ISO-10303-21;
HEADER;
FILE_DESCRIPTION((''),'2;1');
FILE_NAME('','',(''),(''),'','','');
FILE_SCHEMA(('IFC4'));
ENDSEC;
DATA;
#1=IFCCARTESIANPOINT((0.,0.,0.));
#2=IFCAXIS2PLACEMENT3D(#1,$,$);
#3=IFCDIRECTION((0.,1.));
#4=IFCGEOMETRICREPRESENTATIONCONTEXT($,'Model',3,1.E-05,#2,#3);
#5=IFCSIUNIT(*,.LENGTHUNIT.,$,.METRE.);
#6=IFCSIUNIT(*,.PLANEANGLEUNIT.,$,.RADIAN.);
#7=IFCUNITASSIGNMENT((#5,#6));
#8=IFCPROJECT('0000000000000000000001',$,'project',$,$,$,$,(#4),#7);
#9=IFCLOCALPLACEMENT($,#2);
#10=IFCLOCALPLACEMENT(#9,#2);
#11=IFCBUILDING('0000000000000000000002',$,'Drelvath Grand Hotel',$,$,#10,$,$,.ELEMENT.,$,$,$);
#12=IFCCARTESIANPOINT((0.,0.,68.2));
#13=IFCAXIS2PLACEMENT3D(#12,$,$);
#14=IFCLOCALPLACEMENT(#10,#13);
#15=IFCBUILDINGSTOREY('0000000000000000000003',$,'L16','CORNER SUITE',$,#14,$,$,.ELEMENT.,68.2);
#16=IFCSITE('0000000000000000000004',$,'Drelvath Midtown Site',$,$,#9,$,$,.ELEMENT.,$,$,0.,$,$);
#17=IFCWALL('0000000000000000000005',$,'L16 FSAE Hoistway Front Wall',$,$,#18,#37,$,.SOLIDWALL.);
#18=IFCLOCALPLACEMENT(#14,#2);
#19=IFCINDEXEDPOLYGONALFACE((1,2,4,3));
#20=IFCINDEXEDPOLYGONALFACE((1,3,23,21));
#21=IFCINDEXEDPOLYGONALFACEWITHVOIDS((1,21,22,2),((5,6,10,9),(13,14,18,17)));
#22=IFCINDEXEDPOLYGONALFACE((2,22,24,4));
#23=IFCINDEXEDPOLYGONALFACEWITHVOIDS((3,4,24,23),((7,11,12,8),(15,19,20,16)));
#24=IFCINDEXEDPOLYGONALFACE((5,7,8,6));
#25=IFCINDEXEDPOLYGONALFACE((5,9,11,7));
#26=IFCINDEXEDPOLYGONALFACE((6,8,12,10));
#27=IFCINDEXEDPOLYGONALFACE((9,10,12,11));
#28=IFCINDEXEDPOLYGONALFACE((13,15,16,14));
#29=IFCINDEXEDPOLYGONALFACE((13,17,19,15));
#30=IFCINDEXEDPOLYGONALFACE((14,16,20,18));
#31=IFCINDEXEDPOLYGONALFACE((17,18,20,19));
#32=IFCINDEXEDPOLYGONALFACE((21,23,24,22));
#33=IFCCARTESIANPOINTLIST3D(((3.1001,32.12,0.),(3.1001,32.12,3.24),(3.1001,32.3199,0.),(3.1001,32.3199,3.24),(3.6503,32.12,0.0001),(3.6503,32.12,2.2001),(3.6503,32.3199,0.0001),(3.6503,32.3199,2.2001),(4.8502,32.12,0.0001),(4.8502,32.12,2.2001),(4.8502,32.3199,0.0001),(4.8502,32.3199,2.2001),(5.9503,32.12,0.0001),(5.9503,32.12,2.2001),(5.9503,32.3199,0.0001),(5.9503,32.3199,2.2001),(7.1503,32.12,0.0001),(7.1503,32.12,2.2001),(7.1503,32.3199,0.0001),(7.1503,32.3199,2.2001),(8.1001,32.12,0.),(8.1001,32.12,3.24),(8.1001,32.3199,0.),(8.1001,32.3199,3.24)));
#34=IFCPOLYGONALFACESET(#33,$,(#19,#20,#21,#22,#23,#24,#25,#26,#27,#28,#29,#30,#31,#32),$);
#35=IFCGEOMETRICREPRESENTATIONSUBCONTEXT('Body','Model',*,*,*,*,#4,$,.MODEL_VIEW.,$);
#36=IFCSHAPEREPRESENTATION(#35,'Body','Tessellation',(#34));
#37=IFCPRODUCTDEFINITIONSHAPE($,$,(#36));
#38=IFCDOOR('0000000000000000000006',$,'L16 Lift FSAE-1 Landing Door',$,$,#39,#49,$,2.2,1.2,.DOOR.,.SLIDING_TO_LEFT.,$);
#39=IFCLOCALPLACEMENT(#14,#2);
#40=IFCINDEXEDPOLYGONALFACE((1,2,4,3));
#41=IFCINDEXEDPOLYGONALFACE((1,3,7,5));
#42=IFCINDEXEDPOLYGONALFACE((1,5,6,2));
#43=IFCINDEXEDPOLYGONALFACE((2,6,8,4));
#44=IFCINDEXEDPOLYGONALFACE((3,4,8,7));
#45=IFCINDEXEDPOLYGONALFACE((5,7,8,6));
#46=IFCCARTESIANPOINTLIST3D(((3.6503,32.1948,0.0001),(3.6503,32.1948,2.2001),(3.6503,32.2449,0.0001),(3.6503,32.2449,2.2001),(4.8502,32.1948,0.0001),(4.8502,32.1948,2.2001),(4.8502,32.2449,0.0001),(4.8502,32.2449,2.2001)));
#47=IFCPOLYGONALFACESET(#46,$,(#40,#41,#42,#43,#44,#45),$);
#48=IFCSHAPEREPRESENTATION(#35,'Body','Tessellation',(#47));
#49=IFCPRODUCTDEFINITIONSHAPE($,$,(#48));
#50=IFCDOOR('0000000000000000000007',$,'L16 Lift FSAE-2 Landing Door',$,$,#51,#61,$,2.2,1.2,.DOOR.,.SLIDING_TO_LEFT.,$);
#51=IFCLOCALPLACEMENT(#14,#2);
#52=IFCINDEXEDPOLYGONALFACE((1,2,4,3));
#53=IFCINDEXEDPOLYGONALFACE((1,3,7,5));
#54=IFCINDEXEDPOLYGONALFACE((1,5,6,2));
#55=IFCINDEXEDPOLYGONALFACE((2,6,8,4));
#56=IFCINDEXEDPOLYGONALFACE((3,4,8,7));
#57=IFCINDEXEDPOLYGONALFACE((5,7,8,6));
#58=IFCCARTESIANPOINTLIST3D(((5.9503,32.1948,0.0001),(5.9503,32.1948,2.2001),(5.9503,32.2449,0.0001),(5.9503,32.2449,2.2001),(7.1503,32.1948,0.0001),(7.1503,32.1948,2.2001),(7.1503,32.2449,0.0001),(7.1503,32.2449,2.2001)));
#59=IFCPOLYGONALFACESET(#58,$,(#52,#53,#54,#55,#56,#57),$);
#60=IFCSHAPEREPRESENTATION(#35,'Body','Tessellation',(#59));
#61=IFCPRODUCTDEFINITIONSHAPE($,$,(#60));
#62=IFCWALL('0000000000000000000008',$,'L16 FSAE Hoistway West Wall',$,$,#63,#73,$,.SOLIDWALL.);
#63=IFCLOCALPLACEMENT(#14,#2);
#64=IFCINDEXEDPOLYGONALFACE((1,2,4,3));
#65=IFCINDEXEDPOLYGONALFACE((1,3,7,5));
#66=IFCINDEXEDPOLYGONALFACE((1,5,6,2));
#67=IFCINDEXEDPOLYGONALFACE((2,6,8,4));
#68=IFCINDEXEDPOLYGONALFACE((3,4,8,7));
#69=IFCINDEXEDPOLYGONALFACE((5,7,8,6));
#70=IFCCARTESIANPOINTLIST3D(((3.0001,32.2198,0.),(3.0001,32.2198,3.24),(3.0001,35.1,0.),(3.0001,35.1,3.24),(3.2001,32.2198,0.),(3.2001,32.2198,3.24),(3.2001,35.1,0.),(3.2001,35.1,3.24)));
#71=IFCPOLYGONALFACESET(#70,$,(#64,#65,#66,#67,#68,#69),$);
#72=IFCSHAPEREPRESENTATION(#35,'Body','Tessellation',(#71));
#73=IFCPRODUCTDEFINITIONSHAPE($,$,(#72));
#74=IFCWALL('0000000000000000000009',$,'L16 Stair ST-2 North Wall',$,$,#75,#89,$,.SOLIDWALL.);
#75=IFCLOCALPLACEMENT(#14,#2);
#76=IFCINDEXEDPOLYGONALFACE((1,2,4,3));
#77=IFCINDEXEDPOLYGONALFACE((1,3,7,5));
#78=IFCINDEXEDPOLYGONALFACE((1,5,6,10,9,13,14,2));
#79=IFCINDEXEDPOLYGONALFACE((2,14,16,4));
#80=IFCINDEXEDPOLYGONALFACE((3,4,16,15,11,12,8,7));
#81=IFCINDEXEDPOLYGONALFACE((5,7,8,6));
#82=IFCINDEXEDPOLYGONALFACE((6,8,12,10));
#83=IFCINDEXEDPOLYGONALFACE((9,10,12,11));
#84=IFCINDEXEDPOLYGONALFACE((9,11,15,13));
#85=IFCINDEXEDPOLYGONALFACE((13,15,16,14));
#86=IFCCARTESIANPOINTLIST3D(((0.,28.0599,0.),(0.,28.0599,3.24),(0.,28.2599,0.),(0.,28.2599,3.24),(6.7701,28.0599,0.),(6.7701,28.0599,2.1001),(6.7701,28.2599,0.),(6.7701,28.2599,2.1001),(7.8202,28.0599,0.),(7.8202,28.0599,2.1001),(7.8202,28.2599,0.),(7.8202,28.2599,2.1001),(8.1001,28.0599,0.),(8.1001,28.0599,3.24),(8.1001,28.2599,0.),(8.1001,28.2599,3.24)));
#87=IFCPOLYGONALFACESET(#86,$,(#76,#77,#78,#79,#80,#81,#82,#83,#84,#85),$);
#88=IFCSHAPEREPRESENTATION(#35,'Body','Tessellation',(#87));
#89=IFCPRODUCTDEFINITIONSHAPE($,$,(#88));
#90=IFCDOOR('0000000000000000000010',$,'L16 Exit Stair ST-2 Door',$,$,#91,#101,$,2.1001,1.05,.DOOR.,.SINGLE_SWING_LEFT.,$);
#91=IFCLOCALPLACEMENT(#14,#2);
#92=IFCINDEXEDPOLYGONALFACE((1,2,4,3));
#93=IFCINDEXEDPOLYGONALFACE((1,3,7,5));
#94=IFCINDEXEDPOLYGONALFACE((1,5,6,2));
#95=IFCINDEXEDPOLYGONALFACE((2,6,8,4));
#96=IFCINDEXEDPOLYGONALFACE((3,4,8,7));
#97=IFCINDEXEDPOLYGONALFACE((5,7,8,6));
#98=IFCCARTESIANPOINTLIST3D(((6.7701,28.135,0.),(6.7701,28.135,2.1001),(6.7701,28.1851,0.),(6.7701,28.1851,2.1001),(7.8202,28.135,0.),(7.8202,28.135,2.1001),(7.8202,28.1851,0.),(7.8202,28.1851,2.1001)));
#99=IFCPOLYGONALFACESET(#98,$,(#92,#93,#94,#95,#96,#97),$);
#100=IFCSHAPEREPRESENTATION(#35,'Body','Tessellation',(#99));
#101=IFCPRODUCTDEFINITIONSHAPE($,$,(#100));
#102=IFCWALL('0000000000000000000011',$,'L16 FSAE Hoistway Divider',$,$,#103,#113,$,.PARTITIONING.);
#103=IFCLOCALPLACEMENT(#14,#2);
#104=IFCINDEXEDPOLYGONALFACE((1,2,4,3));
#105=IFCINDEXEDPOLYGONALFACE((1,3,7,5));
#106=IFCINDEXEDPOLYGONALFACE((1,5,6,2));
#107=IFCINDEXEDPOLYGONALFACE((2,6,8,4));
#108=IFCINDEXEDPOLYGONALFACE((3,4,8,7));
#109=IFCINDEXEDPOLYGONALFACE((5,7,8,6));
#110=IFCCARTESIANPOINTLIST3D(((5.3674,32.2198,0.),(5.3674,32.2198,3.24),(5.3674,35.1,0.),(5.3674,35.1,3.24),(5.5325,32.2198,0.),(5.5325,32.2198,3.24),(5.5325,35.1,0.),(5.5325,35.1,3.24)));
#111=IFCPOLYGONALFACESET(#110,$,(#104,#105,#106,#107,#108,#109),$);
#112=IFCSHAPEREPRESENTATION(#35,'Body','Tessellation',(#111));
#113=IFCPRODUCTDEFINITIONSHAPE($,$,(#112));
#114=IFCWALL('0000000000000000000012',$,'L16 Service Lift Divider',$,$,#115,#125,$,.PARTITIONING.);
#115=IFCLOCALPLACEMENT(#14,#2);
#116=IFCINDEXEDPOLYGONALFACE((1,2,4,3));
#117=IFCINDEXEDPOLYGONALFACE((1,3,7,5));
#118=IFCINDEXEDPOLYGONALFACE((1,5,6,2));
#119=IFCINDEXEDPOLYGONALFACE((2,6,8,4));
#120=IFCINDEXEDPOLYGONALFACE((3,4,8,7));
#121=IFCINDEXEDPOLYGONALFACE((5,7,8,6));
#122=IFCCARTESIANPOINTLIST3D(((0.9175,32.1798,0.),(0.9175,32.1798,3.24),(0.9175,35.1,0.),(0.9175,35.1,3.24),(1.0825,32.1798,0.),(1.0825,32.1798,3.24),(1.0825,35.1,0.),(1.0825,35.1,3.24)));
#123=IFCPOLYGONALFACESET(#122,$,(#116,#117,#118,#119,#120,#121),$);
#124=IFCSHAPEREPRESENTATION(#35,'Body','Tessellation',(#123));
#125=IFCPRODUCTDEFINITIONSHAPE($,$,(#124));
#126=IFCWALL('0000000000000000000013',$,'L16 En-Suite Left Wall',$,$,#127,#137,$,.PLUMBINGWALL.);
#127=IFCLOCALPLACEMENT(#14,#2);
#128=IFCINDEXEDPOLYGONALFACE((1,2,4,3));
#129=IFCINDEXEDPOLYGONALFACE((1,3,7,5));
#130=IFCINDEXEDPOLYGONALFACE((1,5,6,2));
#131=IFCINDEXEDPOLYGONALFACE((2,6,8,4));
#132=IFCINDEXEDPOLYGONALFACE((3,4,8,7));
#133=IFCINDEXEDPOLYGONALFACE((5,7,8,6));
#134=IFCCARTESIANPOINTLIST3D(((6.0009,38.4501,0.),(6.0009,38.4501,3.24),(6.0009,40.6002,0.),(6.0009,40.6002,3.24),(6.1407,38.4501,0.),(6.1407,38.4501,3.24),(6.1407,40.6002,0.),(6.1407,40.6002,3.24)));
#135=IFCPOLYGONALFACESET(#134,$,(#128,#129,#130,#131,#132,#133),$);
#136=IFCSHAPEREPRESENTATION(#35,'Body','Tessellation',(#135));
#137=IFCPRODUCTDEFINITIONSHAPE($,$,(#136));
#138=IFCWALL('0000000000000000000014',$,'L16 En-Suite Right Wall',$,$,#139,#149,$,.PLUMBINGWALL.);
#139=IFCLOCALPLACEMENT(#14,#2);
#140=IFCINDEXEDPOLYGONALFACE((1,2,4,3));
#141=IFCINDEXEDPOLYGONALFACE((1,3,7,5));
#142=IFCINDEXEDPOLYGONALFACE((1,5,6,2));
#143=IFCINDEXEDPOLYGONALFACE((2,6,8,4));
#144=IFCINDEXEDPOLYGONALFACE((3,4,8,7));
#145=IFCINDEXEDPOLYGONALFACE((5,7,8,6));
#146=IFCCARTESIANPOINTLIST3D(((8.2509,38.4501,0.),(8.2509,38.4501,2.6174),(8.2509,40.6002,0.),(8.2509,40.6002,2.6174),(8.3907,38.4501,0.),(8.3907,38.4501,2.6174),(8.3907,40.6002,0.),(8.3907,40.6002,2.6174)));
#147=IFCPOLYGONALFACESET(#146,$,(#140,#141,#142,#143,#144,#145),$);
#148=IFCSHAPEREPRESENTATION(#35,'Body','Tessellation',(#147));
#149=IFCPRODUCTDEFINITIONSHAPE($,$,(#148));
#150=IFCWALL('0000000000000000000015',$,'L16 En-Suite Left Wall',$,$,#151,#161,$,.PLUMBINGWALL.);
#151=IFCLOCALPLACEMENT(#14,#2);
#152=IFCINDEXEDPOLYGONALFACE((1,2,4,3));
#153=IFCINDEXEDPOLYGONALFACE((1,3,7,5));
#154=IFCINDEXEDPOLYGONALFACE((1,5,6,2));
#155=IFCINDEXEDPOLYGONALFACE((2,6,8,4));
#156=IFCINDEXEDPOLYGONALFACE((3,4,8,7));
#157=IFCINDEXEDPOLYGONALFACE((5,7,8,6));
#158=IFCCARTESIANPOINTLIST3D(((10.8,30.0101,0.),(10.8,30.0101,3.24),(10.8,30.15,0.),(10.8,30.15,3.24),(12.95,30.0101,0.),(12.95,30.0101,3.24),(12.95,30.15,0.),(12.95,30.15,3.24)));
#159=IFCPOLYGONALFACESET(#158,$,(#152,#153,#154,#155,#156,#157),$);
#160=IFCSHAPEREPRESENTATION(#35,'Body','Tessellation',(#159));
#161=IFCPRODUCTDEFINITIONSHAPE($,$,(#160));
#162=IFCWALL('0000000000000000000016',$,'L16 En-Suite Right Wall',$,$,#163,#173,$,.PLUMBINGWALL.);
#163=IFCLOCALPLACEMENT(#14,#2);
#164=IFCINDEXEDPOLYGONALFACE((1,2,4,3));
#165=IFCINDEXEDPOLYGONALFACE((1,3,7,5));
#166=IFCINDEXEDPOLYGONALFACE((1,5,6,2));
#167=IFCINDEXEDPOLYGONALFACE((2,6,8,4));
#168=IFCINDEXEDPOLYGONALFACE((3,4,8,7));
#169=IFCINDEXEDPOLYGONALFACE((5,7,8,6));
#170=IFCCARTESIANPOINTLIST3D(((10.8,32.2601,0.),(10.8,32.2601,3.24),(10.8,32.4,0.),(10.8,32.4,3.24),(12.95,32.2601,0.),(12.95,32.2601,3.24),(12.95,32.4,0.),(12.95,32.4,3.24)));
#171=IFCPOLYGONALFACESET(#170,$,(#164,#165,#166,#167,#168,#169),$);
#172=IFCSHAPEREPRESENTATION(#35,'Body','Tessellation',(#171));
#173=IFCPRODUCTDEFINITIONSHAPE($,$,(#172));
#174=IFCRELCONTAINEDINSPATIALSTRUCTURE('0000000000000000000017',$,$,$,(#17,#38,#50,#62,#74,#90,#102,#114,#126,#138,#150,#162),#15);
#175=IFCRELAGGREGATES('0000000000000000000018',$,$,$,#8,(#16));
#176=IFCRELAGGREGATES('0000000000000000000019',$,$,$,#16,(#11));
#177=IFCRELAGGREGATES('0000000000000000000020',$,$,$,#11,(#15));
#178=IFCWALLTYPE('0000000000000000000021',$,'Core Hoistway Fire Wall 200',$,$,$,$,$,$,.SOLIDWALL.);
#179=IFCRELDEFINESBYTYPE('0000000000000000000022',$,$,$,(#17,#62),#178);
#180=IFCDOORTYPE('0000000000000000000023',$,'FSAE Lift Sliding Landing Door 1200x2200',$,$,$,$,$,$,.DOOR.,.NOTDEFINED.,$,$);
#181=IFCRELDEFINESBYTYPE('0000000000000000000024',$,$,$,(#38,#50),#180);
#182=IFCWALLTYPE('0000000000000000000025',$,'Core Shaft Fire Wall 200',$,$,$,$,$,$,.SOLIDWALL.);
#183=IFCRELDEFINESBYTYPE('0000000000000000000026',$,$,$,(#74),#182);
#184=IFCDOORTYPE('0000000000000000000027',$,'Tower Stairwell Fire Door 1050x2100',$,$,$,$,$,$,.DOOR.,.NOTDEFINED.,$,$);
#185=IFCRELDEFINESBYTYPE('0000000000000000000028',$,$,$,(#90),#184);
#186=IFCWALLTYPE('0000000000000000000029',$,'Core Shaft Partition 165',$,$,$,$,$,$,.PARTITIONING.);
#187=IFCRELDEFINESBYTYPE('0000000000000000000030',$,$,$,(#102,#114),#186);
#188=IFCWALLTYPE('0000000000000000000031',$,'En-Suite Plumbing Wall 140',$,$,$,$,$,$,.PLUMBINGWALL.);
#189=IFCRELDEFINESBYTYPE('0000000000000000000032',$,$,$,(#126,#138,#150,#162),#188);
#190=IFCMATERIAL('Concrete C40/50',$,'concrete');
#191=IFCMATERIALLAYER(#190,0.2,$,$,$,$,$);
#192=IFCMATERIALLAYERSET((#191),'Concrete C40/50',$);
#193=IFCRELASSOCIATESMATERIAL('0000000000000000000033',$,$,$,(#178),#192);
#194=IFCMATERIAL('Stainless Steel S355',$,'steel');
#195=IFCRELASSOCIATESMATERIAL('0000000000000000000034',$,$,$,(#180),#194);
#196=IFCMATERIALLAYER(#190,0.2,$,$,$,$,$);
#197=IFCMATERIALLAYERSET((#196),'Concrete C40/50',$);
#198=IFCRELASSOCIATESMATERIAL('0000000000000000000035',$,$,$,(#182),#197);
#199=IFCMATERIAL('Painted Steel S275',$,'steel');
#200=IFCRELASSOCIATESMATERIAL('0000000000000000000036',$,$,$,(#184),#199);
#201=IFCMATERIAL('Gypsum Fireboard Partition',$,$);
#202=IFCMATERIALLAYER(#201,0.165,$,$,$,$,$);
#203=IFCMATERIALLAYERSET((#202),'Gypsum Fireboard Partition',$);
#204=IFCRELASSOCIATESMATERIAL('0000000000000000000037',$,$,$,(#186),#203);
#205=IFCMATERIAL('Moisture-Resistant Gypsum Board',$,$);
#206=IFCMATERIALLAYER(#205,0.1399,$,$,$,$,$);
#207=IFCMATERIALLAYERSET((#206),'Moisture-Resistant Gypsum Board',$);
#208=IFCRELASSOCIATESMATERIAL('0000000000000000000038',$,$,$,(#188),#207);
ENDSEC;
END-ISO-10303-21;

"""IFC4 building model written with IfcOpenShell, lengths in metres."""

from ifc_helpers import new_model, si_unit, direction, frame, frame_2d, origin, place, context, subcontext, project, spatial, rectangle, extrude, material, layer, layer_set, type_object, element, fill, save


model = new_model("IFC4")

# Units and contexts
model_context = context("Model", 3, precision=1e-05, world=origin(), true_north=direction((0.0, 1.0)))
body_context = subcontext(model_context, "Body", "Model", "MODEL_VIEW")
ifc_project = project(units=[si_unit("LENGTHUNIT", "METRE"), si_unit("PLANEANGLEUNIT", "RADIAN")], contexts=[model_context])

# Site, building, storey
site_placement = place(None, origin())
site = spatial("IfcSite", under=ifc_project, at=site_placement, Name="Drelvath Midtown Site", CompositionType="ELEMENT", RefElevation=0.0)
building_placement = place(site_placement, origin())
building = spatial("IfcBuilding", under=site, at=building_placement, Name="Drelvath Grand Hotel", CompositionType="ELEMENT")
storey_placement = place(building_placement, frame((0.0, 0.0, 68.2)))
storey = spatial("IfcBuildingStorey", under=building, at=storey_placement, Name="L16", Description="CORNER SUITE", CompositionType="ELEMENT", Elevation=68.2)

# Wall, openings, doors
ifc_material_1 = material(Name="Concrete C40/50", Category="concrete")
ifc_layer_1 = layer(ifc_material_1, 0.2)
ifc_layer_set_1 = layer_set([ifc_layer_1], Name="Concrete C40/50")
wall_type_1 = type_object("IfcWallType", Name="Core Hoistway Fire Wall 200", PredefinedType="SOLIDWALL", material=ifc_layer_set_1)
wall_1_placement = place(storey_placement, frame((3.1001, 32.22, 0.0), z_axis=(0.0, 0.0, 1.0), x_axis=(1.0, 0.0, 0.0)))
wall_1 = element("IfcWall", 1, at=wall_1_placement, inside=storey, type_object=wall_type_1, Name="L16 FSAE Hoistway Front Wall", PredefinedType="SOLIDWALL", context=body_context, shape_type="SweptSolid", body=[
    extrude(rectangle(XDim=5.0, YDim=0.2, at=frame_2d((2.5, 0.0))), origin(), (0.0, 0.0, 1.0), 3.24),
])
opening_1_placement = place(wall_1_placement, frame((0.55, 0.0, 0.0)))
opening_1 = element("IfcOpeningElement", 2, at=opening_1_placement, cuts=wall_1, PredefinedType="OPENING", context=body_context, shape_type="SweptSolid", body=[
    extrude(rectangle(XDim=1.2, YDim=2.2, at=frame_2d((0.6001, 1.1001))), frame((0.0, 0.1099, 0.0), z_axis=(0.0, -1.0, 0.0), x_axis=(1.0, 0.0, 0.0)), (0.0, 0.0, 1.0), 0.22),
])
opening_2_placement = place(wall_1_placement, frame((2.8501, 0.0, 0.0)))
opening_2 = element("IfcOpeningElement", 3, at=opening_2_placement, cuts=wall_1, PredefinedType="OPENING", context=body_context, shape_type="SweptSolid", body=[
    extrude(rectangle(XDim=1.2, YDim=2.2, at=frame_2d((0.6001, 1.1001))), frame((0.0, 0.1099, 0.0), z_axis=(0.0, -1.0, 0.0), x_axis=(1.0, 0.0, 0.0)), (0.0, 0.0, 1.0), 0.22),
])
ifc_material_2 = material(Name="Stainless Steel S355", Category="steel")
door_type_1 = type_object("IfcDoorType", Name="FSAE Lift Sliding Landing Door 1200x2200", OperationType="NOTDEFINED", PredefinedType="DOOR", material=ifc_material_2)
door_1_placement = place(opening_1_placement, origin())
door_1 = element("IfcDoor", 4, at=door_1_placement, inside=storey, type_object=door_type_1, Name="L16 Lift FSAE-1 Landing Door", OperationType="SLIDING_TO_LEFT", OverallHeight=2.2, OverallWidth=1.2, PredefinedType="DOOR", context=body_context, shape_type="SweptSolid", body=[
    extrude(rectangle(XDim=1.2, YDim=2.2, at=frame_2d((0.6001, 1.1001))), frame((0.0, 0.0249, 0.0), z_axis=(0.0, -1.0, 0.0), x_axis=(1.0, 0.0, 0.0)), (0.0, 0.0, 1.0), 0.05),
])
fill(opening_1, door_1)
door_2_placement = place(opening_2_placement, origin())
door_2 = element("IfcDoor", 5, at=door_2_placement, inside=storey, type_object=door_type_1, Name="L16 Lift FSAE-2 Landing Door", OperationType="SLIDING_TO_LEFT", OverallHeight=2.2, OverallWidth=1.2, PredefinedType="DOOR", context=body_context, shape_type="SweptSolid", body=[
    extrude(rectangle(XDim=1.2, YDim=2.2, at=frame_2d((0.6001, 1.1001))), frame((0.0, 0.0249, 0.0), z_axis=(0.0, -1.0, 0.0), x_axis=(1.0, 0.0, 0.0)), (0.0, 0.0, 1.0), 0.05),
])
fill(opening_2, door_2)

# Wall
wall_2_placement = place(storey_placement, frame((3.1001, 32.22, 0.0), z_axis=(0.0, 0.0, 1.0), x_axis=(0.0, 1.0, 0.0)))
element("IfcWall", 6, at=wall_2_placement, inside=storey, type_object=wall_type_1, Name="L16 FSAE Hoistway West Wall", PredefinedType="SOLIDWALL", context=body_context, shape_type="SweptSolid", body=[
    extrude(rectangle(XDim=2.8801, YDim=0.2, at=frame_2d((1.4399, 0.0))), origin(), (0.0, 0.0, 1.0), 3.24),
])

# Wall, opening, door
ifc_layer_2 = layer(ifc_material_1, 0.2)
ifc_layer_set_2 = layer_set([ifc_layer_2], Name="Concrete C40/50")
wall_type_2 = type_object("IfcWallType", Name="Core Shaft Fire Wall 200", PredefinedType="SOLIDWALL", material=ifc_layer_set_2)
wall_3_placement = place(storey_placement, frame((8.1001, 28.1599, 0.0), z_axis=(0.0, 0.0, 1.0), x_axis=(-1.0, 0.0, 0.0)))
wall_3 = element("IfcWall", 7, at=wall_3_placement, inside=storey, type_object=wall_type_2, Name="L16 Stair ST-2 North Wall", PredefinedType="SOLIDWALL", context=body_context, shape_type="SweptSolid", body=[
    extrude(rectangle(XDim=8.1001, YDim=0.2, at=frame_2d((4.05, 0.0))), origin(), (0.0, 0.0, 1.0), 3.24),
])
opening_3_placement = place(wall_3_placement, frame((0.28, 0.0, 0.0)))
opening_3 = element("IfcOpeningElement", 8, at=opening_3_placement, cuts=wall_3, PredefinedType="OPENING", context=body_context, shape_type="SweptSolid", body=[
    extrude(rectangle(XDim=1.05, YDim=2.1001, at=frame_2d((0.5249, 1.05))), frame((0.0, 0.1099, 0.0), z_axis=(0.0, -1.0, 0.0), x_axis=(1.0, 0.0, 0.0)), (0.0, 0.0, 1.0), 0.22),
])
ifc_material_3 = material(Name="Painted Steel S275", Category="steel")
door_type_2 = type_object("IfcDoorType", Name="Tower Stairwell Fire Door 1050x2100", OperationType="NOTDEFINED", PredefinedType="DOOR", material=ifc_material_3)
door_3_placement = place(opening_3_placement, origin())
door_3 = element("IfcDoor", 9, at=door_3_placement, inside=storey, type_object=door_type_2, Name="L16 Exit Stair ST-2 Door", OperationType="SINGLE_SWING_LEFT", OverallHeight=2.1001, OverallWidth=1.05, PredefinedType="DOOR", context=body_context, shape_type="SweptSolid", body=[
    extrude(rectangle(XDim=1.05, YDim=2.1001, at=frame_2d((0.5249, 1.05))), frame((0.0, 0.0249, 0.0), z_axis=(0.0, -1.0, 0.0), x_axis=(1.0, 0.0, 0.0)), (0.0, 0.0, 1.0), 0.05),
])
fill(opening_3, door_3)

# Walls
ifc_material_4 = material(Name="Gypsum Fireboard Partition")
ifc_layer_3 = layer(ifc_material_4, 0.165)
ifc_layer_set_3 = layer_set([ifc_layer_3], Name="Gypsum Fireboard Partition")
wall_type_3 = type_object("IfcWallType", Name="Core Shaft Partition 165", PredefinedType="PARTITIONING", material=ifc_layer_set_3)
wall_4_placement = place(storey_placement, frame((5.45, 32.22, 0.0), z_axis=(0.0, 0.0, 1.0), x_axis=(0.0, 1.0, 0.0)))
element("IfcWall", 10, at=wall_4_placement, inside=storey, type_object=wall_type_3, Name="L16 FSAE Hoistway Divider", PredefinedType="PARTITIONING", context=body_context, shape_type="SweptSolid", body=[
    extrude(rectangle(XDim=2.8801, YDim=0.165, at=frame_2d((1.4399, 0.0))), origin(), (0.0, 0.0, 1.0), 3.24),
])
wall_5_placement = place(storey_placement, frame((1.0, 32.1799, 0.0), z_axis=(0.0, 0.0, 1.0), x_axis=(0.0, 1.0, 0.0)))
element("IfcWall", 11, at=wall_5_placement, inside=storey, type_object=wall_type_3, Name="L16 Service Lift Divider", PredefinedType="PARTITIONING", context=body_context, shape_type="SweptSolid", body=[
    extrude(rectangle(XDim=2.9202, YDim=0.165, at=frame_2d((1.46, 0.0))), origin(), (0.0, 0.0, 1.0), 3.24),
])
ifc_material_5 = material(Name="Moisture-Resistant Gypsum Board")
ifc_layer_4 = layer(ifc_material_5, 0.1399)
ifc_layer_set_4 = layer_set([ifc_layer_4], Name="Moisture-Resistant Gypsum Board")
wall_type_4 = type_object("IfcWallType", Name="En-Suite Plumbing Wall 140", PredefinedType="PLUMBINGWALL", material=ifc_layer_set_4)
wall_6_placement = place(storey_placement, frame((6.0708, 38.45, 0.0), z_axis=(0.0, 0.0, 1.0), x_axis=(0.0, 1.0, 0.0)))
element("IfcWall", 12, at=wall_6_placement, inside=storey, type_object=wall_type_4, Name="L16 En-Suite Left Wall", PredefinedType="PLUMBINGWALL", context=body_context, shape_type="SweptSolid", body=[
    extrude(rectangle(XDim=2.1501, YDim=0.1399, at=frame_2d((1.0752, 0.0))), origin(), (0.0, 0.0, 1.0), 3.24),
])
wall_7_placement = place(storey_placement, frame((8.3208, 38.45, 0.0), z_axis=(0.0, 0.0, 1.0), x_axis=(0.0, 1.0, 0.0)))
element("IfcWall", 13, at=wall_7_placement, inside=storey, type_object=wall_type_4, Name="L16 En-Suite Right Wall", PredefinedType="PLUMBINGWALL", context=body_context, shape_type="SweptSolid", body=[
    extrude(rectangle(XDim=2.1501, YDim=0.1399, at=frame_2d((1.0752, 0.0))), origin(), (0.0, 0.0, 1.0), 2.6174),
])
for number, where, z_axis, x_axis, name in (
    (14, (10.8, 30.0801, 0.0), (0.0, 0.0, 1.0), (1.0, 0.0, 0.0), "L16 En-Suite Left Wall"),
    (15, (10.8, 32.3301, 0.0), (0.0, 0.0, 1.0), (1.0, 0.0, 0.0), "L16 En-Suite Right Wall"),
):
    element("IfcWall", number, at=place(storey_placement, frame(where, z_axis=z_axis, x_axis=x_axis)), inside=storey, type_object=wall_type_4, Name=name, PredefinedType="PLUMBINGWALL", context=body_context, shape_type="SweptSolid", body=[
        extrude(rectangle(XDim=2.1499, YDim=0.1399, at=frame_2d((1.075, 0.0))), origin(), (0.0, 0.0, 1.0), 3.24),
    ])

save(model, "model.ifc")
